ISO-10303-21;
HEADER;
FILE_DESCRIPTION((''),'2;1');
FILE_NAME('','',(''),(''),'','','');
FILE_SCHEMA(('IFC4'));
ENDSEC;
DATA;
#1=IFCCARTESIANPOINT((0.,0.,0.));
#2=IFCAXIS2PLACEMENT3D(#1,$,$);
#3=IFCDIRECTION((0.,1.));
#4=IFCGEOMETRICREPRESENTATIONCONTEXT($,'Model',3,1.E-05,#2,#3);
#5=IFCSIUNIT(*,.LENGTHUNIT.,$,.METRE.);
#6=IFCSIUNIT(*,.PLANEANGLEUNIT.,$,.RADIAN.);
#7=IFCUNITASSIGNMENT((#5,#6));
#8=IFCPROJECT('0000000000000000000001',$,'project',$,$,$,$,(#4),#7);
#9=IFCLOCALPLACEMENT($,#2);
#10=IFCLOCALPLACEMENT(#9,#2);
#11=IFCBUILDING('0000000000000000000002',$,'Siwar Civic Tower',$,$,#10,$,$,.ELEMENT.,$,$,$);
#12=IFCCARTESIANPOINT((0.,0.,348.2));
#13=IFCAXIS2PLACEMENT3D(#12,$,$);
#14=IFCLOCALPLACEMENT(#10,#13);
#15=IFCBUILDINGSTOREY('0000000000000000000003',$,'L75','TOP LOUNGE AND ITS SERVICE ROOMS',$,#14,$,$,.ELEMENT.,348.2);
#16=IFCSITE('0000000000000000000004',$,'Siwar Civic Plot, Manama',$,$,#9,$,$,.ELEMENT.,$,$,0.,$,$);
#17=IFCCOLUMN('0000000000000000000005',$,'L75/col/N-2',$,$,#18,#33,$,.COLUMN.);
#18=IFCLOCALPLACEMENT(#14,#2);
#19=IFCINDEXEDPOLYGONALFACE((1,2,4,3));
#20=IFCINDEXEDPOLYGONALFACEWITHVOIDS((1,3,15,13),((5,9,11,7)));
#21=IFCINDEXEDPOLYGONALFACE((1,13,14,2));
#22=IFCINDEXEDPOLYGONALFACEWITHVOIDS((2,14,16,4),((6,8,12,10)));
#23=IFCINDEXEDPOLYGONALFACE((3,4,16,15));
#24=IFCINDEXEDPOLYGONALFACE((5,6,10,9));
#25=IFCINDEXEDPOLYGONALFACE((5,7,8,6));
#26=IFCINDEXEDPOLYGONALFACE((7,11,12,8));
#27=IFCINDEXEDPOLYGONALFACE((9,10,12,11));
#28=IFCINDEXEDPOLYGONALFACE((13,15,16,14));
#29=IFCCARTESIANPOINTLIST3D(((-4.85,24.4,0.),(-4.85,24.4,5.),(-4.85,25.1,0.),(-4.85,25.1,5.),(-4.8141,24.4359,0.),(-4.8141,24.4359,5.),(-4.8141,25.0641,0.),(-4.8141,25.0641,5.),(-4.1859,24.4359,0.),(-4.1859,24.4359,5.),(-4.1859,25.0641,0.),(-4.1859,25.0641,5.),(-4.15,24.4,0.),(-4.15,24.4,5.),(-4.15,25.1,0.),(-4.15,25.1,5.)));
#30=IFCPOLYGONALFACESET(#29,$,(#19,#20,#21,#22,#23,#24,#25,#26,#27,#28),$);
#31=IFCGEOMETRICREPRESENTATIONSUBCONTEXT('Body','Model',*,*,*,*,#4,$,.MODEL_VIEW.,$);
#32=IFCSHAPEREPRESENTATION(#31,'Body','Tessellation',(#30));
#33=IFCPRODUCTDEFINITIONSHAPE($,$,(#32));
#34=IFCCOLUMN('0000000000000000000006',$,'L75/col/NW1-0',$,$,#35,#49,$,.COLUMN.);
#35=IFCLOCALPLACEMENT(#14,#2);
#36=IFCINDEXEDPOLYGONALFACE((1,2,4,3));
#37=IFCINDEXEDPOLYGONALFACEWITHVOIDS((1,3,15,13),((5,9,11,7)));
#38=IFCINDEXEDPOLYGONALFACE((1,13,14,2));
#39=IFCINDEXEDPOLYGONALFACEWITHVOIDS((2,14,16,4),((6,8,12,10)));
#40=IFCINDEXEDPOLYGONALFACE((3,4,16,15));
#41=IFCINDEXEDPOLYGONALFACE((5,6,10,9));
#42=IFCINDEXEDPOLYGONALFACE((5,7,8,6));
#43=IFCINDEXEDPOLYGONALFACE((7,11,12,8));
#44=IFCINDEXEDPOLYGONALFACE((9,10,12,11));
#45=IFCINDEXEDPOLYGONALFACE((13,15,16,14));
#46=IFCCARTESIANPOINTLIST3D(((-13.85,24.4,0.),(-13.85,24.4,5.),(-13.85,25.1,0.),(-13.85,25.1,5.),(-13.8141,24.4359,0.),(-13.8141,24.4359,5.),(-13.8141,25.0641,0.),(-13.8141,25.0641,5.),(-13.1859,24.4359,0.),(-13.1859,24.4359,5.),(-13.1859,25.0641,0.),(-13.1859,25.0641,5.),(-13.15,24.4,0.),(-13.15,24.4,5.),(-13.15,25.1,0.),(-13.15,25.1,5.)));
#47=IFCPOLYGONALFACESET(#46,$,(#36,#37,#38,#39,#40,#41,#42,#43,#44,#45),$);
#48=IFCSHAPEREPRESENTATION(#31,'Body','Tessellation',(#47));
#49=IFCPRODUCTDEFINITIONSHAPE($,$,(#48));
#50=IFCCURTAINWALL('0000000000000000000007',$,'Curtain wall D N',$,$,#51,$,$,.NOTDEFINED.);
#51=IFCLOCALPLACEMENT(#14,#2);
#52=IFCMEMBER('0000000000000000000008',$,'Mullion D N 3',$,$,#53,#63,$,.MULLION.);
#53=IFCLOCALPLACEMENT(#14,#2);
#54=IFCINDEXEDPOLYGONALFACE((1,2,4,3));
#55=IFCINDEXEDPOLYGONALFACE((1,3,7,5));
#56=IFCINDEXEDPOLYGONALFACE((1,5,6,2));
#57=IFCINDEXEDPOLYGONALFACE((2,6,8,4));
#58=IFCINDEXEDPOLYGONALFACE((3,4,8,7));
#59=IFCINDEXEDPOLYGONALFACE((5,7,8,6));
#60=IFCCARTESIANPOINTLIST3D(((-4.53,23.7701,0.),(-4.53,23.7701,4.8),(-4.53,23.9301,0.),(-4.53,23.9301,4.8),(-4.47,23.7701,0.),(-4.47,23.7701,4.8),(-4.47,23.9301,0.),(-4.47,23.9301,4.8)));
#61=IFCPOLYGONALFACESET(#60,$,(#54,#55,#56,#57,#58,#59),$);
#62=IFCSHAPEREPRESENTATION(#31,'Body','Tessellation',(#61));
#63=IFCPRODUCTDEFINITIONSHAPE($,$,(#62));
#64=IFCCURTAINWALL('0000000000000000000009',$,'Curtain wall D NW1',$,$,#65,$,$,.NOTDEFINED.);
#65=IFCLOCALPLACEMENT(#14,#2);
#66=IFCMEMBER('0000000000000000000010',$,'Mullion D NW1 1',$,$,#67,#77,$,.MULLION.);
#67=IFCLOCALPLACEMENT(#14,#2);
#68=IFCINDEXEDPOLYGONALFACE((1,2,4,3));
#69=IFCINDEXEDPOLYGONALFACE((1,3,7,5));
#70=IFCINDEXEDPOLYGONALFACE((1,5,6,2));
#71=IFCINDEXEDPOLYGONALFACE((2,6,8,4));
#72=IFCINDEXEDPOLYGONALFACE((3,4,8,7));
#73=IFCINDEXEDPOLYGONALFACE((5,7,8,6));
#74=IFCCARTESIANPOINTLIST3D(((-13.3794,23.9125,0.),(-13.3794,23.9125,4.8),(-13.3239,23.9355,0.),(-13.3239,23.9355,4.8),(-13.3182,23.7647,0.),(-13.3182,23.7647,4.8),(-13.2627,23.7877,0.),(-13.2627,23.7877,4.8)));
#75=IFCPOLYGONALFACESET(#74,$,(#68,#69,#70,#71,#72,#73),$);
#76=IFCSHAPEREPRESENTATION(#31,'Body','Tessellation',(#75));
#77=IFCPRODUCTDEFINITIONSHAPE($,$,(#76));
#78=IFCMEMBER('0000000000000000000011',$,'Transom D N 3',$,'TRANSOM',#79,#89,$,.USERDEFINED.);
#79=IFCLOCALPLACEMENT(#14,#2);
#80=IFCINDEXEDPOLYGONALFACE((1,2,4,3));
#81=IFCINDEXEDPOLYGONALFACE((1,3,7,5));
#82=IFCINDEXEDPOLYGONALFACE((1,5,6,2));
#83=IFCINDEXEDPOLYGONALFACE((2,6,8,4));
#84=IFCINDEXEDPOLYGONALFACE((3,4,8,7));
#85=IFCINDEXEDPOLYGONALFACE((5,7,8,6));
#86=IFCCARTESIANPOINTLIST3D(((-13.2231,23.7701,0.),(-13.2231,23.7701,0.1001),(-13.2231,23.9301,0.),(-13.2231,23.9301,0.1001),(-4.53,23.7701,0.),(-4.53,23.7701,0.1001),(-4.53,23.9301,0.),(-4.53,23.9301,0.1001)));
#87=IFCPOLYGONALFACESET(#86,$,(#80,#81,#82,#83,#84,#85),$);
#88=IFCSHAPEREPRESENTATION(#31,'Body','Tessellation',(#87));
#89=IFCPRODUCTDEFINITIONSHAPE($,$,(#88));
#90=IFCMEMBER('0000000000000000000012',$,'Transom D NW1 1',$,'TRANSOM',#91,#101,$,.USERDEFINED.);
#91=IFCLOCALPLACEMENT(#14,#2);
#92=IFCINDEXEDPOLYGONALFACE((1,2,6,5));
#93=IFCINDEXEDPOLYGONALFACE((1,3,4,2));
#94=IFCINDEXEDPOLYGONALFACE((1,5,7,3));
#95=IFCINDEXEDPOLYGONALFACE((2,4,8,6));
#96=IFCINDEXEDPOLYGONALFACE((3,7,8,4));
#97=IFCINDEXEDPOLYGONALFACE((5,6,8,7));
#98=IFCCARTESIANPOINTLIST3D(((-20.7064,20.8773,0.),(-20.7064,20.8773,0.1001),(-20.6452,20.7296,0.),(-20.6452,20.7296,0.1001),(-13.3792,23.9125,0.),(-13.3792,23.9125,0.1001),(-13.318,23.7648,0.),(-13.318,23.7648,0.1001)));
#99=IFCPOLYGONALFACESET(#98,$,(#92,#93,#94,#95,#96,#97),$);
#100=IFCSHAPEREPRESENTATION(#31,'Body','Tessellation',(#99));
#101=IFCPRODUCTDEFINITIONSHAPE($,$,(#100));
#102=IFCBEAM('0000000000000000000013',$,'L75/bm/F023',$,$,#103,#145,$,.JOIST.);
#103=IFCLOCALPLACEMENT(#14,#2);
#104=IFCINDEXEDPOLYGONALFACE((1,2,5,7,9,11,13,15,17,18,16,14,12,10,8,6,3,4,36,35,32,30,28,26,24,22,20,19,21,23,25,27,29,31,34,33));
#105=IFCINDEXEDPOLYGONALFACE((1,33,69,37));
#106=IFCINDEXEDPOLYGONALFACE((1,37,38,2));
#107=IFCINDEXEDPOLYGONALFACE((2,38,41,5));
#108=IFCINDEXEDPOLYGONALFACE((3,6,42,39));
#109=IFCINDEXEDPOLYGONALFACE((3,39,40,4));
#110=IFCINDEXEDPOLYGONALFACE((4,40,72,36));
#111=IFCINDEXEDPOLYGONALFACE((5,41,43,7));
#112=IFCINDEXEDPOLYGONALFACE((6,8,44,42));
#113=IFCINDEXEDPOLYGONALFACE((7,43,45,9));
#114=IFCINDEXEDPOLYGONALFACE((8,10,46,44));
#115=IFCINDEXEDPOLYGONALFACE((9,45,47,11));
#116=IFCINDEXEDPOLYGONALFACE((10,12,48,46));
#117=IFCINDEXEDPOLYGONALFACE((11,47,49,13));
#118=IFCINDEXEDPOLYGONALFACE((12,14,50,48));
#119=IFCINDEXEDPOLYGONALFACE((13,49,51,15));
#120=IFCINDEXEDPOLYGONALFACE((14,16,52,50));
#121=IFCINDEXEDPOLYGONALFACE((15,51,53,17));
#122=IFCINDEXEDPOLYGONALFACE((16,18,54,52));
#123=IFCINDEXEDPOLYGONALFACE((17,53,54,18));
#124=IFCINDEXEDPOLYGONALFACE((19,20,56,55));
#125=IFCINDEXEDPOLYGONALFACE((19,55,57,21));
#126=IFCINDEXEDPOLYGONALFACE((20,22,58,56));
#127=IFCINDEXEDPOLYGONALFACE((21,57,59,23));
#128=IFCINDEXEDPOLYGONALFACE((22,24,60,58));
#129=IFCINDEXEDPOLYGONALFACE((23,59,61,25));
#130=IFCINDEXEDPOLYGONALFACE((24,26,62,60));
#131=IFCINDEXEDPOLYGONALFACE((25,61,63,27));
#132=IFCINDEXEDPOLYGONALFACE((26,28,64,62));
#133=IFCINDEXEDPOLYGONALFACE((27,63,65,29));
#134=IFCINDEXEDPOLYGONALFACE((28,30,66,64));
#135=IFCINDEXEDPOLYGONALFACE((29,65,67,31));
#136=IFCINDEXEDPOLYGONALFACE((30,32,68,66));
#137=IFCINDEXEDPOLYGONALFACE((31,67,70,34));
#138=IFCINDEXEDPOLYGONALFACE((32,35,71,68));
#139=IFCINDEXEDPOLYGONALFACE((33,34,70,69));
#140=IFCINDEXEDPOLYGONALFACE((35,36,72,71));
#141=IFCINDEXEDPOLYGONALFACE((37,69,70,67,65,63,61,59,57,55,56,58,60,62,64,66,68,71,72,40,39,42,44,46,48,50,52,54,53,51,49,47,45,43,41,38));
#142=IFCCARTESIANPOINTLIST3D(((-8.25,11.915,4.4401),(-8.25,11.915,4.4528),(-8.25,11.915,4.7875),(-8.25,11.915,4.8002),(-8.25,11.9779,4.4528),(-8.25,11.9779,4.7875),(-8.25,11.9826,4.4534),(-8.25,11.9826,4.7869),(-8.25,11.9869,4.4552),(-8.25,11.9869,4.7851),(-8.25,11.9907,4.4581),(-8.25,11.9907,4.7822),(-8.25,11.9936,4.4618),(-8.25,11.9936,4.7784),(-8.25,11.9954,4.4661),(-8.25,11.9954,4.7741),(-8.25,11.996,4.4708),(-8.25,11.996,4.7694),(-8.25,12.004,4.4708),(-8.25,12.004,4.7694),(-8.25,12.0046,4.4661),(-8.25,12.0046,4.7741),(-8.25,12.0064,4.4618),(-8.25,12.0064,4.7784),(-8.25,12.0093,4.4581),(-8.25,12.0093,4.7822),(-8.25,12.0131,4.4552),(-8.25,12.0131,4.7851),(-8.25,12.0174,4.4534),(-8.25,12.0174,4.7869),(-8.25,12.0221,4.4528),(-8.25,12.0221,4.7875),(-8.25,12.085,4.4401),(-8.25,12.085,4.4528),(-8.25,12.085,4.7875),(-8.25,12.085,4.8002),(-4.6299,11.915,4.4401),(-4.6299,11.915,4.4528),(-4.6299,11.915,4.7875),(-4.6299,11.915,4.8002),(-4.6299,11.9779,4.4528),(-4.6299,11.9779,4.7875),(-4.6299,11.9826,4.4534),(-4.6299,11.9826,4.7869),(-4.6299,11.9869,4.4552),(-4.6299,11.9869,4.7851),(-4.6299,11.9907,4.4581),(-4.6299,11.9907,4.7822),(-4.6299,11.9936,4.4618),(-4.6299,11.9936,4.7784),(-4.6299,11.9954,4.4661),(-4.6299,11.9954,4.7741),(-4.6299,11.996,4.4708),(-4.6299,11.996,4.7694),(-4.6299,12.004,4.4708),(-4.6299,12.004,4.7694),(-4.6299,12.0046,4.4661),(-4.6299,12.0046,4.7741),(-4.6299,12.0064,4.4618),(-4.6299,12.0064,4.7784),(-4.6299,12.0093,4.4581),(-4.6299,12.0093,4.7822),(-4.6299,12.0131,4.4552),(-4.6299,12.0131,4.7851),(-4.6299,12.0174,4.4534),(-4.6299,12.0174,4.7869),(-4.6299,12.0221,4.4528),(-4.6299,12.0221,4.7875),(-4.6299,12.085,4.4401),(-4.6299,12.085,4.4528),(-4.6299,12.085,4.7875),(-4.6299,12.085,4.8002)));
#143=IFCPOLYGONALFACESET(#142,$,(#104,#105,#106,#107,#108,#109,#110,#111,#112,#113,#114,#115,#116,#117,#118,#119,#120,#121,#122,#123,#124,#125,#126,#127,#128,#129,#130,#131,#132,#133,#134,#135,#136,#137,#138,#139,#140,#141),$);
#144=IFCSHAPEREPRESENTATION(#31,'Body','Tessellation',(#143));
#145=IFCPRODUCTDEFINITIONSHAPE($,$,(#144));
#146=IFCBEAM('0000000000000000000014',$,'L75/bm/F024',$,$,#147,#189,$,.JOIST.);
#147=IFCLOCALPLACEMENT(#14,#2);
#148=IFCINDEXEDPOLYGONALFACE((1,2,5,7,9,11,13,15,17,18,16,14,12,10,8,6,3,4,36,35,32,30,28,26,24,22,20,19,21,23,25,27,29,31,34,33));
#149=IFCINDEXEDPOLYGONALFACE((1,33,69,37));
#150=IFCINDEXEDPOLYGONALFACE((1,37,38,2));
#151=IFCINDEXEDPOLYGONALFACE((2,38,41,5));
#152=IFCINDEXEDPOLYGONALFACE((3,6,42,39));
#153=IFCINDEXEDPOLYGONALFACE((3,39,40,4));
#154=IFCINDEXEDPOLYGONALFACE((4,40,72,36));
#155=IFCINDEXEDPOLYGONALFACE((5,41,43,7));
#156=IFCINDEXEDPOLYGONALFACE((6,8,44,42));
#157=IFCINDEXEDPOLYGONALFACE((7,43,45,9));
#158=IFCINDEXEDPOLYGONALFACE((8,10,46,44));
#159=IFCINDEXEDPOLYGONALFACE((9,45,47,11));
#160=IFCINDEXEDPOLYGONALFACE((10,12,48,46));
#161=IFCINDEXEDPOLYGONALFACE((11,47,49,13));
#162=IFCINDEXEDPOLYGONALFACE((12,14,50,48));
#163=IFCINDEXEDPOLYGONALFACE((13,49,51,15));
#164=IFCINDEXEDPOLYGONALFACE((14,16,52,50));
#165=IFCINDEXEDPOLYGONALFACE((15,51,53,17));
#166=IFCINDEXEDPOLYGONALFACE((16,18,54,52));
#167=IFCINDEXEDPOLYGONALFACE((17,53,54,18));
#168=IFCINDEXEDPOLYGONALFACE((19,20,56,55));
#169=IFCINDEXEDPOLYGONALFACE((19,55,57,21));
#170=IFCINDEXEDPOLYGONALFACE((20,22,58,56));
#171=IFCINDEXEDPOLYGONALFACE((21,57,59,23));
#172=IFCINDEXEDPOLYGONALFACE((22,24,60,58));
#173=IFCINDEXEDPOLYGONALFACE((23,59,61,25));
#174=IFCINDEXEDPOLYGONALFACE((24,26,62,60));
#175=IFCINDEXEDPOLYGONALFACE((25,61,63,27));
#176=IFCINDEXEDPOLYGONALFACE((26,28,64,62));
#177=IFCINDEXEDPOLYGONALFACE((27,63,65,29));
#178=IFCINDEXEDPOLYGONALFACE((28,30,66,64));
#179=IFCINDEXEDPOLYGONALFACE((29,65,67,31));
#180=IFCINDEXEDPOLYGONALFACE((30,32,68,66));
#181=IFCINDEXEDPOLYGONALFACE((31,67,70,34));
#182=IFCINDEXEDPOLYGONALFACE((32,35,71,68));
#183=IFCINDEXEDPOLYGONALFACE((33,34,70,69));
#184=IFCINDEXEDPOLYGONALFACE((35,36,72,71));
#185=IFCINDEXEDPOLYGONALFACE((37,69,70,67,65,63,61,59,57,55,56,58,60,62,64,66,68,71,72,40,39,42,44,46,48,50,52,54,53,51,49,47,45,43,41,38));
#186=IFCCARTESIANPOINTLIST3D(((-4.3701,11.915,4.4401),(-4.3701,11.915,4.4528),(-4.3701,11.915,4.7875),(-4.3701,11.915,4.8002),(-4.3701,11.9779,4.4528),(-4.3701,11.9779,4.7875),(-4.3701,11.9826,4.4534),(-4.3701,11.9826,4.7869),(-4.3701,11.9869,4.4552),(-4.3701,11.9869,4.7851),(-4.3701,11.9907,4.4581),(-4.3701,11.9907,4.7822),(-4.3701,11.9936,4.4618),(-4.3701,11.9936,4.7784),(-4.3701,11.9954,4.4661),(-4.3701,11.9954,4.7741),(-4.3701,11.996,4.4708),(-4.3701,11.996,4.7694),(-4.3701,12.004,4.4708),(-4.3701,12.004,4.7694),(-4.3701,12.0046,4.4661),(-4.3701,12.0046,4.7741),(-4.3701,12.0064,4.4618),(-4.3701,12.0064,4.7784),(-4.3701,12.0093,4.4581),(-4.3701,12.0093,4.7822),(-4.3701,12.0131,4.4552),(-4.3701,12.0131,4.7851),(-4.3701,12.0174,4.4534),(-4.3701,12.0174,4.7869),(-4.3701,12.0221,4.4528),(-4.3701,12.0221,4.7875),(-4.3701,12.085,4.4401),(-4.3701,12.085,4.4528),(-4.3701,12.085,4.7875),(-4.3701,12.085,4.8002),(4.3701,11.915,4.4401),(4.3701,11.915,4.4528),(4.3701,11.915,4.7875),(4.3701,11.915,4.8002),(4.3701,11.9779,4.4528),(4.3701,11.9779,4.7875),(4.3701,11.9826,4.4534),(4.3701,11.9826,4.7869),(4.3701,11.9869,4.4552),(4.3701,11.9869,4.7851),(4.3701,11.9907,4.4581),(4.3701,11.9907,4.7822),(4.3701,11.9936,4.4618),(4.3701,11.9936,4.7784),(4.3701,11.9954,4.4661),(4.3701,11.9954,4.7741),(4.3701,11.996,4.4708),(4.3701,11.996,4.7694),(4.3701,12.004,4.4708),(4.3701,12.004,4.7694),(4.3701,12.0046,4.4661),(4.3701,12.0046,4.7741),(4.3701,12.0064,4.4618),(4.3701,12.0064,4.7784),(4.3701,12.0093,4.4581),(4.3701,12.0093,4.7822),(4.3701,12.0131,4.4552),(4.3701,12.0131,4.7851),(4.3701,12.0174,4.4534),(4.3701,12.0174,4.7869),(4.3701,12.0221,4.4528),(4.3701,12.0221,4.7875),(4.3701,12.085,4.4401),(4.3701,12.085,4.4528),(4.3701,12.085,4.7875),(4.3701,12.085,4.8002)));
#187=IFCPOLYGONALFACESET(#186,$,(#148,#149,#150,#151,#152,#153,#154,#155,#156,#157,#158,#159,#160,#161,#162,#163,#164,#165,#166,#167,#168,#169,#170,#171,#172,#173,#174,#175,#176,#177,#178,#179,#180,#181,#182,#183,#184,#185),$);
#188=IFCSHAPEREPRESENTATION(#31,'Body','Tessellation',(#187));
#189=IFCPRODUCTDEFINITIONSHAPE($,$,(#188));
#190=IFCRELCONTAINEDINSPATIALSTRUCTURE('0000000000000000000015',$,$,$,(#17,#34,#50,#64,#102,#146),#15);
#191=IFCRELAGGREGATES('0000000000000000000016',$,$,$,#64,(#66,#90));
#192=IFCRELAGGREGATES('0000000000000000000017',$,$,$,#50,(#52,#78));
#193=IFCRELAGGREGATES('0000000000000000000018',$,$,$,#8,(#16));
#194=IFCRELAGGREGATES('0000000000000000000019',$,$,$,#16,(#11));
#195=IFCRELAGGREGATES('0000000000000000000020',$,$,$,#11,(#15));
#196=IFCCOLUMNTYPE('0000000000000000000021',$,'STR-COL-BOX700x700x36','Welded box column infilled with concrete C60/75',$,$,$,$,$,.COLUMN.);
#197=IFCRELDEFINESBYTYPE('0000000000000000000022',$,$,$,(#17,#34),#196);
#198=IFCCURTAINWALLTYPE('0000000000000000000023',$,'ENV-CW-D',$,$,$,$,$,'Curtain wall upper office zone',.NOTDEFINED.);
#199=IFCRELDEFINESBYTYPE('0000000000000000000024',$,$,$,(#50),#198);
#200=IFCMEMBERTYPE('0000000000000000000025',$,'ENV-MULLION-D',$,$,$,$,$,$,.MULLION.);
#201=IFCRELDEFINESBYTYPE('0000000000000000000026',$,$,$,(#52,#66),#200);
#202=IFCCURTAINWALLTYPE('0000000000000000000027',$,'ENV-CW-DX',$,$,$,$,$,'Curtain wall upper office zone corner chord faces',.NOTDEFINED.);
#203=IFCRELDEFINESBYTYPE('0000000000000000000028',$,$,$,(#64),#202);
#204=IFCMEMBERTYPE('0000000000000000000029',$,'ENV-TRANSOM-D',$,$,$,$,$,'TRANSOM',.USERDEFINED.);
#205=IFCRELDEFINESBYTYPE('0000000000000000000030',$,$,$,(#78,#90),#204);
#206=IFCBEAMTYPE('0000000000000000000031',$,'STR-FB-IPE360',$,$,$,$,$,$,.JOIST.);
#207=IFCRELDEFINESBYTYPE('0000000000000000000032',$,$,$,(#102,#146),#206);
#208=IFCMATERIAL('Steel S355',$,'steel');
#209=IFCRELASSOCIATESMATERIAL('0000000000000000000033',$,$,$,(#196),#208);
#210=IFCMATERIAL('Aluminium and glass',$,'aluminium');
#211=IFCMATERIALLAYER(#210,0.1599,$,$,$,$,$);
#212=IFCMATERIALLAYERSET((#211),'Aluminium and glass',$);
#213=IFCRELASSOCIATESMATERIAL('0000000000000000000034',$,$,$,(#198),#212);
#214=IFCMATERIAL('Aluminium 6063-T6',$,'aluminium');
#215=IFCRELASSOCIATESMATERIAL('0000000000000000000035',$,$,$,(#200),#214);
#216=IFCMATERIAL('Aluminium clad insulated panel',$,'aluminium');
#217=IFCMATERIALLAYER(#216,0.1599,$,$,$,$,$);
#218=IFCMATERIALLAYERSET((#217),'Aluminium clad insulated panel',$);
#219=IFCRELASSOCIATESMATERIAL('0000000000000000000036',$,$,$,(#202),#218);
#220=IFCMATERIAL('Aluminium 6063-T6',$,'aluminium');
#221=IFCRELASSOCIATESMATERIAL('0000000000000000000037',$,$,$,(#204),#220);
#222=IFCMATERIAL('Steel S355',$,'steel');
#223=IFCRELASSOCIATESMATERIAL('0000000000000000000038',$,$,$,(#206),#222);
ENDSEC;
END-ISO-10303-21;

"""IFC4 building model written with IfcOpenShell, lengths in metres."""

from ifc_helpers import new_model, si_unit, direction, frame, origin, origin_2d, place, context, subcontext, project, spatial, rectangle, hollow_rectangle, i_section, extrude, material, layer, layer_set, material_profile, profile_set, type_object, element, aggregate, save


model = new_model("IFC4")

# Units and contexts
model_context = context("Model", 3, precision=1e-05, world=origin(), true_north=direction((0.0, 1.0)))
body_context = subcontext(model_context, "Body", "Model", "MODEL_VIEW")
ifc_project = project(units=[si_unit("LENGTHUNIT", "METRE"), si_unit("PLANEANGLEUNIT", "RADIAN")], contexts=[model_context])

# Site, building, storey
site_placement = place(None, origin())
site = spatial("IfcSite", under=ifc_project, at=site_placement, Name="Siwar Civic Plot, Manama", CompositionType="ELEMENT", RefElevation=0.0)
building_placement = place(site_placement, origin())
building = spatial("IfcBuilding", under=site, at=building_placement, Name="Siwar Civic Tower", CompositionType="ELEMENT")
storey_placement = place(building_placement, frame((0.0, 0.0, 348.2)))
storey = spatial("IfcBuildingStorey", under=building, at=storey_placement, Name="L75", Description="TOP LOUNGE AND ITS SERVICE ROOMS", CompositionType="ELEMENT", Elevation=348.2)

# Columns
ifc_material_1 = material(Name="Steel S355", Category="steel")
ifc_material_profile_1 = material_profile(ifc_material_1, hollow_rectangle(XDim=0.7, YDim=0.7, WallThickness=0.0359, at=origin_2d()), Name="BOX700x700x36")
ifc_profile_set_1 = profile_set([ifc_material_profile_1], Name="Steel S355")
column_type = type_object("IfcColumnType", Name="STR-COL-BOX700x700x36", Description="Welded box column infilled with concrete C60/75", PredefinedType="COLUMN", material=ifc_profile_set_1)
for number, where, z_axis, x_axis, name in (
    (1, (-4.5, 24.75, 0.0), (0.0, 0.0, 1.0), (1.0, 0.0, 0.0), "L75/col/N-2"),
    (2, (-13.5, 24.75, 0.0), (0.0, 0.0, 1.0), (1.0, 0.0, 0.0), "L75/col/NW1-0"),
):
    element("IfcColumn", number, at=place(storey_placement, frame(where, z_axis=z_axis, x_axis=x_axis)), inside=storey, type_object=column_type, Name=name, PredefinedType="COLUMN", context=body_context, shape_type="SweptSolid", body=[
        extrude(hollow_rectangle(XDim=0.7, YDim=0.7, WallThickness=0.0359, at=origin_2d()), origin(), (0.0, 0.0, 1.0), 5.0),
    ])

# Curtain walls, members
ifc_material_2 = material(Name="Aluminium and glass", Category="aluminium")
ifc_layer_1 = layer(ifc_material_2, 0.1599)
ifc_layer_set_1 = layer_set([ifc_layer_1], Name="Aluminium and glass")
curtain_wall_type_1 = type_object("IfcCurtainWallType", Name="ENV-CW-D", ElementType="Curtain wall upper office zone", PredefinedType="NOTDEFINED", material=ifc_layer_set_1)
curtain_wall_1_placement = place(storey_placement, origin())
curtain_wall_1 = element("IfcCurtainWall", 3, at=curtain_wall_1_placement, inside=storey, type_object=curtain_wall_type_1, Name="Curtain wall D N", PredefinedType="NOTDEFINED")
ifc_material_3 = material(Name="Aluminium 6063-T6", Category="aluminium")
ifc_material_profile_2 = material_profile(ifc_material_3, rectangle(XDim=0.1599, YDim=0.0601, at=origin_2d()), Name="AL 160x60")
ifc_profile_set_2 = profile_set([ifc_material_profile_2], Name="Aluminium 6063-T6")
member_type_1 = type_object("IfcMemberType", Name="ENV-MULLION-D", PredefinedType="MULLION", material=ifc_profile_set_2)
member_1_placement = place(storey_placement, frame((-4.5, 23.8501, 0.0), z_axis=(0.0, 0.0, 1.0), x_axis=(0.0, -1.0, 0.0)))
member_1 = element("IfcMember", 4, at=member_1_placement, type_object=member_type_1, Name="Mullion D N 3", PredefinedType="MULLION", context=body_context, shape_type="SweptSolid", body=[
    extrude(rectangle(XDim=0.1599, YDim=0.0601, at=origin_2d()), origin(), (0.0, 0.0, 1.0), 4.8),
])
ifc_material_4 = material(Name="Aluminium clad insulated panel", Category="aluminium")
ifc_layer_2 = layer(ifc_material_4, 0.1599)
ifc_layer_set_2 = layer_set([ifc_layer_2], Name="Aluminium clad insulated panel")
curtain_wall_type_2 = type_object("IfcCurtainWallType", Name="ENV-CW-DX", ElementType="Curtain wall upper office zone corner chord faces", PredefinedType="NOTDEFINED", material=ifc_layer_set_2)
curtain_wall_2_placement = place(storey_placement, origin())
curtain_wall_2 = element("IfcCurtainWall", 5, at=curtain_wall_2_placement, inside=storey, type_object=curtain_wall_type_2, Name="Curtain wall D NW1", PredefinedType="NOTDEFINED")
member_2_placement = place(storey_placement, frame((-13.321, 23.8501, 0.0), z_axis=(0.0, 0.0, 1.0), x_axis=(0.382683, -0.92388, 0.0)))
member_2 = element("IfcMember", 6, at=member_2_placement, type_object=member_type_1, Name="Mullion D NW1 1", PredefinedType="MULLION", context=body_context, shape_type="SweptSolid", body=[
    extrude(rectangle(XDim=0.1599, YDim=0.0601, at=origin_2d()), origin(), (0.0, 0.0, 1.0), 4.8),
])

# Members
ifc_material_5 = material(Name="Aluminium 6063-T6", Category="aluminium")
ifc_material_profile_3 = material_profile(ifc_material_5, rectangle(XDim=0.1599, YDim=0.1001, at=origin_2d()), Name="AL 160x100")
ifc_profile_set_3 = profile_set([ifc_material_profile_3], Name="Aluminium 6063-T6")
member_type_2 = type_object("IfcMemberType", Name="ENV-TRANSOM-D", ElementType="TRANSOM", PredefinedType="USERDEFINED", material=ifc_profile_set_3)
member_3_placement = place(storey_placement, frame((-4.53, 23.8501, 0.05), z_axis=(-1.0, 0.0, 0.0), x_axis=(0.0, -1.0, 0.0)))
member_3 = element("IfcMember", 7, at=member_3_placement, type_object=member_type_2, Name="Transom D N 3", ObjectType="TRANSOM", PredefinedType="USERDEFINED", context=body_context, shape_type="SweptSolid", body=[
    extrude(rectangle(XDim=0.1599, YDim=0.1001, at=origin_2d()), origin(), (0.0, 0.0, 1.0), 8.6931),
])
member_4_placement = place(storey_placement, frame((-13.3486, 23.8386, 0.05), z_axis=(-0.923873, -0.3827, 0.0), x_axis=(0.3827, -0.923873, 0.0)))
member_4 = element("IfcMember", 8, at=member_4_placement, type_object=member_type_2, Name="Transom D NW1 1", ObjectType="TRANSOM", PredefinedType="USERDEFINED", context=body_context, shape_type="SweptSolid", body=[
    extrude(rectangle(XDim=0.1599, YDim=0.1001, at=origin_2d()), origin(), (0.0, 0.0, 1.0), 7.9309),
])
aggregate(curtain_wall_2, [member_2, member_4])

# Beams
ifc_material_6 = material(Name="Steel S355", Category="steel")
ifc_material_profile_4 = material_profile(ifc_material_6, i_section(OverallWidth=0.1699, OverallDepth=0.3601, WebThickness=0.0081, FlangeThickness=0.0127, FilletRadius=0.0181, at=origin_2d()), Name="IPE360")
ifc_profile_set_4 = profile_set([ifc_material_profile_4], Name="Steel S355")
beam_type_1 = type_object("IfcBeamType", Name="STR-FB-IPE360", PredefinedType="JOIST", material=ifc_profile_set_4)
beam_1_placement = place(storey_placement, frame((-8.25, 12.0, 4.6201), z_axis=(1.0, 0.0, 0.0), x_axis=(0.0, 1.0, 0.0)))
element("IfcBeam", 9, at=beam_1_placement, inside=storey, type_object=beam_type_1, Name="L75/bm/F023", PredefinedType="JOIST", context=body_context, shape_type="SweptSolid", body=[
    extrude(i_section(OverallWidth=0.1699, OverallDepth=0.3601, WebThickness=0.0081, FlangeThickness=0.0127, FilletRadius=0.0181, at=origin_2d()), origin(), (0.0, 0.0, 1.0), 3.6201),
])
for number, where, z_axis, x_axis, name in (
    (10, (-4.3701, 12.0, 4.6201), (1.0, 0.0, 0.0), (0.0, 1.0, 0.0), "L75/bm/F024"),
):
    element("IfcBeam", number, at=place(storey_placement, frame(where, z_axis=z_axis, x_axis=x_axis)), inside=storey, type_object=beam_type_1, Name=name, PredefinedType="JOIST", context=body_context, shape_type="SweptSolid", body=[
        extrude(i_section(OverallWidth=0.1699, OverallDepth=0.3601, WebThickness=0.0081, FlangeThickness=0.0127, FilletRadius=0.0181, at=origin_2d()), origin(), (0.0, 0.0, 1.0), 8.7402),
    ])

aggregate(curtain_wall_1, [member_1, member_3])

save(model, "model.ifc")
